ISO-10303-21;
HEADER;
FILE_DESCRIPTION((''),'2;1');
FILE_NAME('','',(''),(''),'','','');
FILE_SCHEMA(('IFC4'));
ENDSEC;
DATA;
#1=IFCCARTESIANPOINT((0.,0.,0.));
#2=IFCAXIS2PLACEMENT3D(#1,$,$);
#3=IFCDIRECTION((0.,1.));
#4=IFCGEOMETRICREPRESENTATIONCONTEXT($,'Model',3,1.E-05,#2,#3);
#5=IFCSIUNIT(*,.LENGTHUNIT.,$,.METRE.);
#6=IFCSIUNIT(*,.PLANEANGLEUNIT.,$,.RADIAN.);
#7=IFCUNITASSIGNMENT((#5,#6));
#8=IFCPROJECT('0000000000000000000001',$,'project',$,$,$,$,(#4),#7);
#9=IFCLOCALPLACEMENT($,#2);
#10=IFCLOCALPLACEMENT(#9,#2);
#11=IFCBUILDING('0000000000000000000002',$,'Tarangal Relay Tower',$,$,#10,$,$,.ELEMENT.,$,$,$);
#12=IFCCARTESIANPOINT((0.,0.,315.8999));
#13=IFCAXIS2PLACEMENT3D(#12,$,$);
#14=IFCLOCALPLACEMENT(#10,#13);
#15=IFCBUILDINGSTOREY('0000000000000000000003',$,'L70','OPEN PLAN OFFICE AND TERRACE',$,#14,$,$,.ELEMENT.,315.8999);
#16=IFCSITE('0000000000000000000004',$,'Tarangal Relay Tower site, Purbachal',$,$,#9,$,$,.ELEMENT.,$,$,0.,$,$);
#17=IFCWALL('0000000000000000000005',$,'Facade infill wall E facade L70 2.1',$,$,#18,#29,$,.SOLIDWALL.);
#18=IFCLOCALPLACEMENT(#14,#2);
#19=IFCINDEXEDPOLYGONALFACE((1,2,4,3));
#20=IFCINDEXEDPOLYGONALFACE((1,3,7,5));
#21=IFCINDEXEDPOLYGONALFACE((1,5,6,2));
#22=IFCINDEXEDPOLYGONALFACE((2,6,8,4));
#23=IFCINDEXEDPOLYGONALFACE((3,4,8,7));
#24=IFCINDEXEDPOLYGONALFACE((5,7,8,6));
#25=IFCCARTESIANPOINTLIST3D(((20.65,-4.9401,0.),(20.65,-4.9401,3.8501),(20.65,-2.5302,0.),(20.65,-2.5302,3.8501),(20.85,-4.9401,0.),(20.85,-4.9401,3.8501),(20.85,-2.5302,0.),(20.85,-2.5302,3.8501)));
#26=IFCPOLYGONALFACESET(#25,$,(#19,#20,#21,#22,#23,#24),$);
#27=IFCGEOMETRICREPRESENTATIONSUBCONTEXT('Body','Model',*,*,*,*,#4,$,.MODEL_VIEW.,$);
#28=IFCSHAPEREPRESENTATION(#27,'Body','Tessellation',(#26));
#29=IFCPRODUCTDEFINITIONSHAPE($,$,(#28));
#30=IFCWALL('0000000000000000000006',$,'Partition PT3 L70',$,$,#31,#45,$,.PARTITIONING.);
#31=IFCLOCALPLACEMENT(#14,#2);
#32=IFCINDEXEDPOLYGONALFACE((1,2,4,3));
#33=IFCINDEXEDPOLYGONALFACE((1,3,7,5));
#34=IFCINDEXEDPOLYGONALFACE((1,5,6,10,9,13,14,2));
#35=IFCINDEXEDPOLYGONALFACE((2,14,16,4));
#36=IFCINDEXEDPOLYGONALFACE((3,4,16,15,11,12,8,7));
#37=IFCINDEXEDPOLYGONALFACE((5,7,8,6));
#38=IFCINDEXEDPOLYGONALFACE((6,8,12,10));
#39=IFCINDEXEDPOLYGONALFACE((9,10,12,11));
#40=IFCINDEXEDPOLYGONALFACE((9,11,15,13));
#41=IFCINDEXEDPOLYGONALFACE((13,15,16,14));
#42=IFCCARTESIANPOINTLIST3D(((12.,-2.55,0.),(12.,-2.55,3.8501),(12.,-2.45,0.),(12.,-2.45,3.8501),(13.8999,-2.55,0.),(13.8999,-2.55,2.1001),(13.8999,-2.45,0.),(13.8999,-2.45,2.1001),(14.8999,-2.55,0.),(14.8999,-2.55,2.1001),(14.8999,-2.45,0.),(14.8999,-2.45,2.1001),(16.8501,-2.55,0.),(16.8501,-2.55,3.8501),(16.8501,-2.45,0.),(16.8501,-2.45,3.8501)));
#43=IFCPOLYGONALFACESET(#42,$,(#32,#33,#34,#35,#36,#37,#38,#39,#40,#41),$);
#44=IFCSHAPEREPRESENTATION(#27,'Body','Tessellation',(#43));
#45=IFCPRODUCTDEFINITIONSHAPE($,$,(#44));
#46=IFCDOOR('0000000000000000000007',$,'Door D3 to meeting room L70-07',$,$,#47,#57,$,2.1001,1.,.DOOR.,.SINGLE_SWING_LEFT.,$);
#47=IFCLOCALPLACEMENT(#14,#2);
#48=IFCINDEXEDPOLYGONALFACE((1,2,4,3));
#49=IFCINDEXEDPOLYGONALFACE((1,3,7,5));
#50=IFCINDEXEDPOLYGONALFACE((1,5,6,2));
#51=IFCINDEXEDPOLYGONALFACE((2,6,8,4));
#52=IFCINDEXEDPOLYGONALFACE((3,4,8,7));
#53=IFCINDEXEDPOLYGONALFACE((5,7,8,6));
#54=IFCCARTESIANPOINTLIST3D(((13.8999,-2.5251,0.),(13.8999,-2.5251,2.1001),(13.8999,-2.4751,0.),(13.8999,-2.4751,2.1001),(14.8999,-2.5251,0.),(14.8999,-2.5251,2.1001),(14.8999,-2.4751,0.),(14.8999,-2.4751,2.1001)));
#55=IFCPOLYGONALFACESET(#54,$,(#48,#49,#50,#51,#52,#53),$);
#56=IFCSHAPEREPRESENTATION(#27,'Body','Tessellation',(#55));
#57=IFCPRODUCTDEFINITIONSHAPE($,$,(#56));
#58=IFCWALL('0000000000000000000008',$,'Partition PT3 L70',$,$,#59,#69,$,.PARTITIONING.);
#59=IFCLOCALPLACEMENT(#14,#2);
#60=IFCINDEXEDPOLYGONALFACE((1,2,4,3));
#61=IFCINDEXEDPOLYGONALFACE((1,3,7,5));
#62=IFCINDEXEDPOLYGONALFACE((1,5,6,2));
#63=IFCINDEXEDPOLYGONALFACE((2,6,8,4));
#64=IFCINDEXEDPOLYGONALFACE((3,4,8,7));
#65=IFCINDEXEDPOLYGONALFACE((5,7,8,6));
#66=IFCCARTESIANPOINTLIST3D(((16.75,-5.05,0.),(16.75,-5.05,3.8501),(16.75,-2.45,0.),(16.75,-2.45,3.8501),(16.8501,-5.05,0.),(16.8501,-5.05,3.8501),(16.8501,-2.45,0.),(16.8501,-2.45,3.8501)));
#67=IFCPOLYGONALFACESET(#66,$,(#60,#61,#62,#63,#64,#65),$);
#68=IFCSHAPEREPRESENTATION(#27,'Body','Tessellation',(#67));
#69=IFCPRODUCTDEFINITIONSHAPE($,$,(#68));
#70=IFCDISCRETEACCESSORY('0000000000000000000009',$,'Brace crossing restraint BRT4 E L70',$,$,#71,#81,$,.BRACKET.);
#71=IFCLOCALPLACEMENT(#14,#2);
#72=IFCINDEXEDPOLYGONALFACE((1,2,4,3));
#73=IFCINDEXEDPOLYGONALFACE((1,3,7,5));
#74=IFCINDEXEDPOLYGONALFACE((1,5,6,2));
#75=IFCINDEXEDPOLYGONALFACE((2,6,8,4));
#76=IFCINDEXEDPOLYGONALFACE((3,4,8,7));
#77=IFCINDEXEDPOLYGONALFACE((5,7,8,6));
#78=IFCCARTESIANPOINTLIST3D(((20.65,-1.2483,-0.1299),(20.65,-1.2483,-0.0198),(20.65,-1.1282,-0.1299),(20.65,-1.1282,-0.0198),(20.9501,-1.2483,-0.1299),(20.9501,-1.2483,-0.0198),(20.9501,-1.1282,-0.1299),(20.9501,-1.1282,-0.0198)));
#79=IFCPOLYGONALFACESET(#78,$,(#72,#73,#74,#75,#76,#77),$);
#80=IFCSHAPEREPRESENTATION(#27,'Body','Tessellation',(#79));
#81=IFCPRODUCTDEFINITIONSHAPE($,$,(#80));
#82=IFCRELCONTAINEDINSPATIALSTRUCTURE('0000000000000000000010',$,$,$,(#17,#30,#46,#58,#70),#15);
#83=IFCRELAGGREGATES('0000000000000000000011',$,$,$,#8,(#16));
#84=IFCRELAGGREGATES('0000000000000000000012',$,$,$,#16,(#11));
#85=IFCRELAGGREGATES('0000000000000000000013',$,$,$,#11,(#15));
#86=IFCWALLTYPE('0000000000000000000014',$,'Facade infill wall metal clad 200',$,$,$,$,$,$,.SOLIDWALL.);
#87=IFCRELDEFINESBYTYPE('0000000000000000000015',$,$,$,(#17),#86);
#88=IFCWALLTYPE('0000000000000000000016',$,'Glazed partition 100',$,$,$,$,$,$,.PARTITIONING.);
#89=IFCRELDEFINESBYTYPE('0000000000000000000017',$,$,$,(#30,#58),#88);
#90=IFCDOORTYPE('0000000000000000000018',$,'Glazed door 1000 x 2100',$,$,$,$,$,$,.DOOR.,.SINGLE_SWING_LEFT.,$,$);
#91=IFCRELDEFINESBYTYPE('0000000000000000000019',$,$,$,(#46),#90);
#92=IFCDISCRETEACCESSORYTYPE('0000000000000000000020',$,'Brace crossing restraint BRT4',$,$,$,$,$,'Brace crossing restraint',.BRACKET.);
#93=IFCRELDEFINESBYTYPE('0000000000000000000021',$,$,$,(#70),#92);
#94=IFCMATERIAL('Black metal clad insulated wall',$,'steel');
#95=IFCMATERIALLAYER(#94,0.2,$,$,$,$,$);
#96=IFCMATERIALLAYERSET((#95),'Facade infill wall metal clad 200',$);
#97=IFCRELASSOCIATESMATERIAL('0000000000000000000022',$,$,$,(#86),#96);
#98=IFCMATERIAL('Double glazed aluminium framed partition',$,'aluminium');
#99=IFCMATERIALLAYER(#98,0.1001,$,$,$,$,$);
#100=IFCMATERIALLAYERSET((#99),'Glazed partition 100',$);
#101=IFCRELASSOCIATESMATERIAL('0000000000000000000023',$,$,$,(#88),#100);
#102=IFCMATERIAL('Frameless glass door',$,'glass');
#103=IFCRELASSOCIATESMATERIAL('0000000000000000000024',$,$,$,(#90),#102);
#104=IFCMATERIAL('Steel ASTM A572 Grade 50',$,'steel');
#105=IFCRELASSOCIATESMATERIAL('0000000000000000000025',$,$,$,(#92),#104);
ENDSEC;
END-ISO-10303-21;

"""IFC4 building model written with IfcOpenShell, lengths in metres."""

from ifc_helpers import new_model, si_unit, direction, frame, frame_2d, origin, origin_2d, place, context, subcontext, project, spatial, rectangle, extrude, material, layer, layer_set, type_object, element, fill, save


model = new_model("IFC4")

# Units and contexts
model_context = context("Model", 3, precision=1e-05, world=origin(), true_north=direction((0.0, 1.0)))
body_context = subcontext(model_context, "Body", "Model", "MODEL_VIEW")
ifc_project = project(units=[si_unit("LENGTHUNIT", "METRE"), si_unit("PLANEANGLEUNIT", "RADIAN")], contexts=[model_context])

# Site, building, storey
site_placement = place(None, origin())
site = spatial("IfcSite", under=ifc_project, at=site_placement, Name="Tarangal Relay Tower site, Purbachal", CompositionType="ELEMENT", RefElevation=0.0)
building_placement = place(site_placement, origin())
building = spatial("IfcBuilding", under=site, at=building_placement, Name="Tarangal Relay Tower", CompositionType="ELEMENT")
storey_placement = place(building_placement, frame((0.0, 0.0, 315.8999)))
storey = spatial("IfcBuildingStorey", under=building, at=storey_placement, Name="L70", Description="OPEN PLAN OFFICE AND TERRACE", CompositionType="ELEMENT", Elevation=315.8999)

# Shared definitions
ifc_material_1 = material(Name="Steel ASTM A572 Grade 50", Category="steel")

# Wall
ifc_material_2 = material(Name="Black metal clad insulated wall", Category="steel")
ifc_layer_1 = layer(ifc_material_2, 0.2)
ifc_layer_set_1 = layer_set([ifc_layer_1], Name="Facade infill wall metal clad 200")
wall_type_1 = type_object("IfcWallType", Name="Facade infill wall metal clad 200", PredefinedType="SOLIDWALL", material=ifc_layer_set_1)
for number, where, z_axis, x_axis, name in (
    (1, (20.75, -2.53, 0.0), (0.0, 0.0, 1.0), (0.0, -1.0, 0.0), "Facade infill wall E facade L70 2.1"),
):
    element("IfcWall", number, at=place(storey_placement, frame(where, z_axis=z_axis, x_axis=x_axis)), inside=storey, type_object=wall_type_1, Name=name, PredefinedType="SOLIDWALL", context=body_context, shape_type="SweptSolid", body=[
        extrude(rectangle(XDim=2.4099, YDim=0.2, at=frame_2d((1.2051, 0.0))), origin(), (0.0, 0.0, 1.0), 3.8501),
    ])

# Wall, opening, door
ifc_material_3 = material(Name="Double glazed aluminium framed partition", Category="aluminium")
ifc_layer_2 = layer(ifc_material_3, 0.1001)
ifc_layer_set_2 = layer_set([ifc_layer_2], Name="Glazed partition 100")
wall_type_2 = type_object("IfcWallType", Name="Glazed partition 100", PredefinedType="PARTITIONING", material=ifc_layer_set_2)
wall_1_placement = place(storey_placement, frame((12.0, -2.5, 0.0), z_axis=(0.0, 0.0, 1.0), x_axis=(1.0, 0.0, 0.0)))
wall_1 = element("IfcWall", 2, at=wall_1_placement, inside=storey, type_object=wall_type_2, Name="Partition PT3 L70", PredefinedType="PARTITIONING", context=body_context, shape_type="SweptSolid", body=[
    extrude(rectangle(XDim=4.8501, YDim=0.1001, at=frame_2d((2.425, 0.0))), origin(), (0.0, 0.0, 1.0), 3.8501),
])
opening_1_placement = place(wall_1_placement, frame((1.8999, 0.0, 0.0)))
opening_1 = element("IfcOpeningElement", 3, at=opening_1_placement, cuts=wall_1, PredefinedType="OPENING", context=body_context, shape_type="SweptSolid", body=[
    extrude(rectangle(XDim=1.0, YDim=2.1001, at=frame_2d((0.5, 1.05))), frame((0.0, 0.0601, 0.0), z_axis=(0.0, -1.0, 0.0), x_axis=(1.0, 0.0, 0.0)), (0.0, 0.0, 1.0), 0.1201),
])
ifc_material_4 = material(Name="Frameless glass door", Category="glass")
door_type_1 = type_object("IfcDoorType", Name="Glazed door 1000 x 2100", OperationType="SINGLE_SWING_LEFT", PredefinedType="DOOR", material=ifc_material_4)
door_1_placement = place(opening_1_placement, origin())
door_1 = element("IfcDoor", 4, at=door_1_placement, inside=storey, type_object=door_type_1, Name="Door D3 to meeting room L70-07", OperationType="SINGLE_SWING_LEFT", OverallHeight=2.1001, OverallWidth=1.0, PredefinedType="DOOR", context=body_context, shape_type="SweptSolid", body=[
    extrude(rectangle(XDim=1.0, YDim=2.1001, at=frame_2d((0.5, 1.05))), frame((0.0, 0.0249, 0.0), z_axis=(0.0, -1.0, 0.0), x_axis=(1.0, 0.0, 0.0)), (0.0, 0.0, 1.0), 0.05),
])
fill(opening_1, door_1)

# Wall
wall_2_placement = place(storey_placement, frame((16.8, -5.05, 0.0), z_axis=(0.0, 0.0, 1.0), x_axis=(0.0, 1.0, 0.0)))
element("IfcWall", 5, at=wall_2_placement, inside=storey, type_object=wall_type_2, Name="Partition PT3 L70", PredefinedType="PARTITIONING", context=body_context, shape_type="SweptSolid", body=[
    extrude(rectangle(XDim=2.6001, YDim=0.1001, at=frame_2d((1.3, 0.0))), origin(), (0.0, 0.0, 1.0), 3.8501),
])

# Discrete accessory
discrete_accessory_type = type_object("IfcDiscreteAccessoryType", Name="Brace crossing restraint BRT4", ElementType="Brace crossing restraint", PredefinedType="BRACKET", material=ifc_material_1)
discrete_accessory_placement = place(storey_placement, frame((20.8, -1.1882, -0.1299), z_axis=(0.0, 0.0, 1.0), x_axis=(1.0, 0.0, 0.0)))
element("IfcDiscreteAccessory", 6, at=discrete_accessory_placement, inside=storey, type_object=discrete_accessory_type, Name="Brace crossing restraint BRT4 E L70", PredefinedType="BRACKET", context=body_context, shape_type="SweptSolid", body=[
    extrude(rectangle(XDim=0.3, YDim=0.1201, at=origin_2d()), origin(), (0.0, 0.0, 1.0), 0.1101),
])

save(model, "model.ifc")
